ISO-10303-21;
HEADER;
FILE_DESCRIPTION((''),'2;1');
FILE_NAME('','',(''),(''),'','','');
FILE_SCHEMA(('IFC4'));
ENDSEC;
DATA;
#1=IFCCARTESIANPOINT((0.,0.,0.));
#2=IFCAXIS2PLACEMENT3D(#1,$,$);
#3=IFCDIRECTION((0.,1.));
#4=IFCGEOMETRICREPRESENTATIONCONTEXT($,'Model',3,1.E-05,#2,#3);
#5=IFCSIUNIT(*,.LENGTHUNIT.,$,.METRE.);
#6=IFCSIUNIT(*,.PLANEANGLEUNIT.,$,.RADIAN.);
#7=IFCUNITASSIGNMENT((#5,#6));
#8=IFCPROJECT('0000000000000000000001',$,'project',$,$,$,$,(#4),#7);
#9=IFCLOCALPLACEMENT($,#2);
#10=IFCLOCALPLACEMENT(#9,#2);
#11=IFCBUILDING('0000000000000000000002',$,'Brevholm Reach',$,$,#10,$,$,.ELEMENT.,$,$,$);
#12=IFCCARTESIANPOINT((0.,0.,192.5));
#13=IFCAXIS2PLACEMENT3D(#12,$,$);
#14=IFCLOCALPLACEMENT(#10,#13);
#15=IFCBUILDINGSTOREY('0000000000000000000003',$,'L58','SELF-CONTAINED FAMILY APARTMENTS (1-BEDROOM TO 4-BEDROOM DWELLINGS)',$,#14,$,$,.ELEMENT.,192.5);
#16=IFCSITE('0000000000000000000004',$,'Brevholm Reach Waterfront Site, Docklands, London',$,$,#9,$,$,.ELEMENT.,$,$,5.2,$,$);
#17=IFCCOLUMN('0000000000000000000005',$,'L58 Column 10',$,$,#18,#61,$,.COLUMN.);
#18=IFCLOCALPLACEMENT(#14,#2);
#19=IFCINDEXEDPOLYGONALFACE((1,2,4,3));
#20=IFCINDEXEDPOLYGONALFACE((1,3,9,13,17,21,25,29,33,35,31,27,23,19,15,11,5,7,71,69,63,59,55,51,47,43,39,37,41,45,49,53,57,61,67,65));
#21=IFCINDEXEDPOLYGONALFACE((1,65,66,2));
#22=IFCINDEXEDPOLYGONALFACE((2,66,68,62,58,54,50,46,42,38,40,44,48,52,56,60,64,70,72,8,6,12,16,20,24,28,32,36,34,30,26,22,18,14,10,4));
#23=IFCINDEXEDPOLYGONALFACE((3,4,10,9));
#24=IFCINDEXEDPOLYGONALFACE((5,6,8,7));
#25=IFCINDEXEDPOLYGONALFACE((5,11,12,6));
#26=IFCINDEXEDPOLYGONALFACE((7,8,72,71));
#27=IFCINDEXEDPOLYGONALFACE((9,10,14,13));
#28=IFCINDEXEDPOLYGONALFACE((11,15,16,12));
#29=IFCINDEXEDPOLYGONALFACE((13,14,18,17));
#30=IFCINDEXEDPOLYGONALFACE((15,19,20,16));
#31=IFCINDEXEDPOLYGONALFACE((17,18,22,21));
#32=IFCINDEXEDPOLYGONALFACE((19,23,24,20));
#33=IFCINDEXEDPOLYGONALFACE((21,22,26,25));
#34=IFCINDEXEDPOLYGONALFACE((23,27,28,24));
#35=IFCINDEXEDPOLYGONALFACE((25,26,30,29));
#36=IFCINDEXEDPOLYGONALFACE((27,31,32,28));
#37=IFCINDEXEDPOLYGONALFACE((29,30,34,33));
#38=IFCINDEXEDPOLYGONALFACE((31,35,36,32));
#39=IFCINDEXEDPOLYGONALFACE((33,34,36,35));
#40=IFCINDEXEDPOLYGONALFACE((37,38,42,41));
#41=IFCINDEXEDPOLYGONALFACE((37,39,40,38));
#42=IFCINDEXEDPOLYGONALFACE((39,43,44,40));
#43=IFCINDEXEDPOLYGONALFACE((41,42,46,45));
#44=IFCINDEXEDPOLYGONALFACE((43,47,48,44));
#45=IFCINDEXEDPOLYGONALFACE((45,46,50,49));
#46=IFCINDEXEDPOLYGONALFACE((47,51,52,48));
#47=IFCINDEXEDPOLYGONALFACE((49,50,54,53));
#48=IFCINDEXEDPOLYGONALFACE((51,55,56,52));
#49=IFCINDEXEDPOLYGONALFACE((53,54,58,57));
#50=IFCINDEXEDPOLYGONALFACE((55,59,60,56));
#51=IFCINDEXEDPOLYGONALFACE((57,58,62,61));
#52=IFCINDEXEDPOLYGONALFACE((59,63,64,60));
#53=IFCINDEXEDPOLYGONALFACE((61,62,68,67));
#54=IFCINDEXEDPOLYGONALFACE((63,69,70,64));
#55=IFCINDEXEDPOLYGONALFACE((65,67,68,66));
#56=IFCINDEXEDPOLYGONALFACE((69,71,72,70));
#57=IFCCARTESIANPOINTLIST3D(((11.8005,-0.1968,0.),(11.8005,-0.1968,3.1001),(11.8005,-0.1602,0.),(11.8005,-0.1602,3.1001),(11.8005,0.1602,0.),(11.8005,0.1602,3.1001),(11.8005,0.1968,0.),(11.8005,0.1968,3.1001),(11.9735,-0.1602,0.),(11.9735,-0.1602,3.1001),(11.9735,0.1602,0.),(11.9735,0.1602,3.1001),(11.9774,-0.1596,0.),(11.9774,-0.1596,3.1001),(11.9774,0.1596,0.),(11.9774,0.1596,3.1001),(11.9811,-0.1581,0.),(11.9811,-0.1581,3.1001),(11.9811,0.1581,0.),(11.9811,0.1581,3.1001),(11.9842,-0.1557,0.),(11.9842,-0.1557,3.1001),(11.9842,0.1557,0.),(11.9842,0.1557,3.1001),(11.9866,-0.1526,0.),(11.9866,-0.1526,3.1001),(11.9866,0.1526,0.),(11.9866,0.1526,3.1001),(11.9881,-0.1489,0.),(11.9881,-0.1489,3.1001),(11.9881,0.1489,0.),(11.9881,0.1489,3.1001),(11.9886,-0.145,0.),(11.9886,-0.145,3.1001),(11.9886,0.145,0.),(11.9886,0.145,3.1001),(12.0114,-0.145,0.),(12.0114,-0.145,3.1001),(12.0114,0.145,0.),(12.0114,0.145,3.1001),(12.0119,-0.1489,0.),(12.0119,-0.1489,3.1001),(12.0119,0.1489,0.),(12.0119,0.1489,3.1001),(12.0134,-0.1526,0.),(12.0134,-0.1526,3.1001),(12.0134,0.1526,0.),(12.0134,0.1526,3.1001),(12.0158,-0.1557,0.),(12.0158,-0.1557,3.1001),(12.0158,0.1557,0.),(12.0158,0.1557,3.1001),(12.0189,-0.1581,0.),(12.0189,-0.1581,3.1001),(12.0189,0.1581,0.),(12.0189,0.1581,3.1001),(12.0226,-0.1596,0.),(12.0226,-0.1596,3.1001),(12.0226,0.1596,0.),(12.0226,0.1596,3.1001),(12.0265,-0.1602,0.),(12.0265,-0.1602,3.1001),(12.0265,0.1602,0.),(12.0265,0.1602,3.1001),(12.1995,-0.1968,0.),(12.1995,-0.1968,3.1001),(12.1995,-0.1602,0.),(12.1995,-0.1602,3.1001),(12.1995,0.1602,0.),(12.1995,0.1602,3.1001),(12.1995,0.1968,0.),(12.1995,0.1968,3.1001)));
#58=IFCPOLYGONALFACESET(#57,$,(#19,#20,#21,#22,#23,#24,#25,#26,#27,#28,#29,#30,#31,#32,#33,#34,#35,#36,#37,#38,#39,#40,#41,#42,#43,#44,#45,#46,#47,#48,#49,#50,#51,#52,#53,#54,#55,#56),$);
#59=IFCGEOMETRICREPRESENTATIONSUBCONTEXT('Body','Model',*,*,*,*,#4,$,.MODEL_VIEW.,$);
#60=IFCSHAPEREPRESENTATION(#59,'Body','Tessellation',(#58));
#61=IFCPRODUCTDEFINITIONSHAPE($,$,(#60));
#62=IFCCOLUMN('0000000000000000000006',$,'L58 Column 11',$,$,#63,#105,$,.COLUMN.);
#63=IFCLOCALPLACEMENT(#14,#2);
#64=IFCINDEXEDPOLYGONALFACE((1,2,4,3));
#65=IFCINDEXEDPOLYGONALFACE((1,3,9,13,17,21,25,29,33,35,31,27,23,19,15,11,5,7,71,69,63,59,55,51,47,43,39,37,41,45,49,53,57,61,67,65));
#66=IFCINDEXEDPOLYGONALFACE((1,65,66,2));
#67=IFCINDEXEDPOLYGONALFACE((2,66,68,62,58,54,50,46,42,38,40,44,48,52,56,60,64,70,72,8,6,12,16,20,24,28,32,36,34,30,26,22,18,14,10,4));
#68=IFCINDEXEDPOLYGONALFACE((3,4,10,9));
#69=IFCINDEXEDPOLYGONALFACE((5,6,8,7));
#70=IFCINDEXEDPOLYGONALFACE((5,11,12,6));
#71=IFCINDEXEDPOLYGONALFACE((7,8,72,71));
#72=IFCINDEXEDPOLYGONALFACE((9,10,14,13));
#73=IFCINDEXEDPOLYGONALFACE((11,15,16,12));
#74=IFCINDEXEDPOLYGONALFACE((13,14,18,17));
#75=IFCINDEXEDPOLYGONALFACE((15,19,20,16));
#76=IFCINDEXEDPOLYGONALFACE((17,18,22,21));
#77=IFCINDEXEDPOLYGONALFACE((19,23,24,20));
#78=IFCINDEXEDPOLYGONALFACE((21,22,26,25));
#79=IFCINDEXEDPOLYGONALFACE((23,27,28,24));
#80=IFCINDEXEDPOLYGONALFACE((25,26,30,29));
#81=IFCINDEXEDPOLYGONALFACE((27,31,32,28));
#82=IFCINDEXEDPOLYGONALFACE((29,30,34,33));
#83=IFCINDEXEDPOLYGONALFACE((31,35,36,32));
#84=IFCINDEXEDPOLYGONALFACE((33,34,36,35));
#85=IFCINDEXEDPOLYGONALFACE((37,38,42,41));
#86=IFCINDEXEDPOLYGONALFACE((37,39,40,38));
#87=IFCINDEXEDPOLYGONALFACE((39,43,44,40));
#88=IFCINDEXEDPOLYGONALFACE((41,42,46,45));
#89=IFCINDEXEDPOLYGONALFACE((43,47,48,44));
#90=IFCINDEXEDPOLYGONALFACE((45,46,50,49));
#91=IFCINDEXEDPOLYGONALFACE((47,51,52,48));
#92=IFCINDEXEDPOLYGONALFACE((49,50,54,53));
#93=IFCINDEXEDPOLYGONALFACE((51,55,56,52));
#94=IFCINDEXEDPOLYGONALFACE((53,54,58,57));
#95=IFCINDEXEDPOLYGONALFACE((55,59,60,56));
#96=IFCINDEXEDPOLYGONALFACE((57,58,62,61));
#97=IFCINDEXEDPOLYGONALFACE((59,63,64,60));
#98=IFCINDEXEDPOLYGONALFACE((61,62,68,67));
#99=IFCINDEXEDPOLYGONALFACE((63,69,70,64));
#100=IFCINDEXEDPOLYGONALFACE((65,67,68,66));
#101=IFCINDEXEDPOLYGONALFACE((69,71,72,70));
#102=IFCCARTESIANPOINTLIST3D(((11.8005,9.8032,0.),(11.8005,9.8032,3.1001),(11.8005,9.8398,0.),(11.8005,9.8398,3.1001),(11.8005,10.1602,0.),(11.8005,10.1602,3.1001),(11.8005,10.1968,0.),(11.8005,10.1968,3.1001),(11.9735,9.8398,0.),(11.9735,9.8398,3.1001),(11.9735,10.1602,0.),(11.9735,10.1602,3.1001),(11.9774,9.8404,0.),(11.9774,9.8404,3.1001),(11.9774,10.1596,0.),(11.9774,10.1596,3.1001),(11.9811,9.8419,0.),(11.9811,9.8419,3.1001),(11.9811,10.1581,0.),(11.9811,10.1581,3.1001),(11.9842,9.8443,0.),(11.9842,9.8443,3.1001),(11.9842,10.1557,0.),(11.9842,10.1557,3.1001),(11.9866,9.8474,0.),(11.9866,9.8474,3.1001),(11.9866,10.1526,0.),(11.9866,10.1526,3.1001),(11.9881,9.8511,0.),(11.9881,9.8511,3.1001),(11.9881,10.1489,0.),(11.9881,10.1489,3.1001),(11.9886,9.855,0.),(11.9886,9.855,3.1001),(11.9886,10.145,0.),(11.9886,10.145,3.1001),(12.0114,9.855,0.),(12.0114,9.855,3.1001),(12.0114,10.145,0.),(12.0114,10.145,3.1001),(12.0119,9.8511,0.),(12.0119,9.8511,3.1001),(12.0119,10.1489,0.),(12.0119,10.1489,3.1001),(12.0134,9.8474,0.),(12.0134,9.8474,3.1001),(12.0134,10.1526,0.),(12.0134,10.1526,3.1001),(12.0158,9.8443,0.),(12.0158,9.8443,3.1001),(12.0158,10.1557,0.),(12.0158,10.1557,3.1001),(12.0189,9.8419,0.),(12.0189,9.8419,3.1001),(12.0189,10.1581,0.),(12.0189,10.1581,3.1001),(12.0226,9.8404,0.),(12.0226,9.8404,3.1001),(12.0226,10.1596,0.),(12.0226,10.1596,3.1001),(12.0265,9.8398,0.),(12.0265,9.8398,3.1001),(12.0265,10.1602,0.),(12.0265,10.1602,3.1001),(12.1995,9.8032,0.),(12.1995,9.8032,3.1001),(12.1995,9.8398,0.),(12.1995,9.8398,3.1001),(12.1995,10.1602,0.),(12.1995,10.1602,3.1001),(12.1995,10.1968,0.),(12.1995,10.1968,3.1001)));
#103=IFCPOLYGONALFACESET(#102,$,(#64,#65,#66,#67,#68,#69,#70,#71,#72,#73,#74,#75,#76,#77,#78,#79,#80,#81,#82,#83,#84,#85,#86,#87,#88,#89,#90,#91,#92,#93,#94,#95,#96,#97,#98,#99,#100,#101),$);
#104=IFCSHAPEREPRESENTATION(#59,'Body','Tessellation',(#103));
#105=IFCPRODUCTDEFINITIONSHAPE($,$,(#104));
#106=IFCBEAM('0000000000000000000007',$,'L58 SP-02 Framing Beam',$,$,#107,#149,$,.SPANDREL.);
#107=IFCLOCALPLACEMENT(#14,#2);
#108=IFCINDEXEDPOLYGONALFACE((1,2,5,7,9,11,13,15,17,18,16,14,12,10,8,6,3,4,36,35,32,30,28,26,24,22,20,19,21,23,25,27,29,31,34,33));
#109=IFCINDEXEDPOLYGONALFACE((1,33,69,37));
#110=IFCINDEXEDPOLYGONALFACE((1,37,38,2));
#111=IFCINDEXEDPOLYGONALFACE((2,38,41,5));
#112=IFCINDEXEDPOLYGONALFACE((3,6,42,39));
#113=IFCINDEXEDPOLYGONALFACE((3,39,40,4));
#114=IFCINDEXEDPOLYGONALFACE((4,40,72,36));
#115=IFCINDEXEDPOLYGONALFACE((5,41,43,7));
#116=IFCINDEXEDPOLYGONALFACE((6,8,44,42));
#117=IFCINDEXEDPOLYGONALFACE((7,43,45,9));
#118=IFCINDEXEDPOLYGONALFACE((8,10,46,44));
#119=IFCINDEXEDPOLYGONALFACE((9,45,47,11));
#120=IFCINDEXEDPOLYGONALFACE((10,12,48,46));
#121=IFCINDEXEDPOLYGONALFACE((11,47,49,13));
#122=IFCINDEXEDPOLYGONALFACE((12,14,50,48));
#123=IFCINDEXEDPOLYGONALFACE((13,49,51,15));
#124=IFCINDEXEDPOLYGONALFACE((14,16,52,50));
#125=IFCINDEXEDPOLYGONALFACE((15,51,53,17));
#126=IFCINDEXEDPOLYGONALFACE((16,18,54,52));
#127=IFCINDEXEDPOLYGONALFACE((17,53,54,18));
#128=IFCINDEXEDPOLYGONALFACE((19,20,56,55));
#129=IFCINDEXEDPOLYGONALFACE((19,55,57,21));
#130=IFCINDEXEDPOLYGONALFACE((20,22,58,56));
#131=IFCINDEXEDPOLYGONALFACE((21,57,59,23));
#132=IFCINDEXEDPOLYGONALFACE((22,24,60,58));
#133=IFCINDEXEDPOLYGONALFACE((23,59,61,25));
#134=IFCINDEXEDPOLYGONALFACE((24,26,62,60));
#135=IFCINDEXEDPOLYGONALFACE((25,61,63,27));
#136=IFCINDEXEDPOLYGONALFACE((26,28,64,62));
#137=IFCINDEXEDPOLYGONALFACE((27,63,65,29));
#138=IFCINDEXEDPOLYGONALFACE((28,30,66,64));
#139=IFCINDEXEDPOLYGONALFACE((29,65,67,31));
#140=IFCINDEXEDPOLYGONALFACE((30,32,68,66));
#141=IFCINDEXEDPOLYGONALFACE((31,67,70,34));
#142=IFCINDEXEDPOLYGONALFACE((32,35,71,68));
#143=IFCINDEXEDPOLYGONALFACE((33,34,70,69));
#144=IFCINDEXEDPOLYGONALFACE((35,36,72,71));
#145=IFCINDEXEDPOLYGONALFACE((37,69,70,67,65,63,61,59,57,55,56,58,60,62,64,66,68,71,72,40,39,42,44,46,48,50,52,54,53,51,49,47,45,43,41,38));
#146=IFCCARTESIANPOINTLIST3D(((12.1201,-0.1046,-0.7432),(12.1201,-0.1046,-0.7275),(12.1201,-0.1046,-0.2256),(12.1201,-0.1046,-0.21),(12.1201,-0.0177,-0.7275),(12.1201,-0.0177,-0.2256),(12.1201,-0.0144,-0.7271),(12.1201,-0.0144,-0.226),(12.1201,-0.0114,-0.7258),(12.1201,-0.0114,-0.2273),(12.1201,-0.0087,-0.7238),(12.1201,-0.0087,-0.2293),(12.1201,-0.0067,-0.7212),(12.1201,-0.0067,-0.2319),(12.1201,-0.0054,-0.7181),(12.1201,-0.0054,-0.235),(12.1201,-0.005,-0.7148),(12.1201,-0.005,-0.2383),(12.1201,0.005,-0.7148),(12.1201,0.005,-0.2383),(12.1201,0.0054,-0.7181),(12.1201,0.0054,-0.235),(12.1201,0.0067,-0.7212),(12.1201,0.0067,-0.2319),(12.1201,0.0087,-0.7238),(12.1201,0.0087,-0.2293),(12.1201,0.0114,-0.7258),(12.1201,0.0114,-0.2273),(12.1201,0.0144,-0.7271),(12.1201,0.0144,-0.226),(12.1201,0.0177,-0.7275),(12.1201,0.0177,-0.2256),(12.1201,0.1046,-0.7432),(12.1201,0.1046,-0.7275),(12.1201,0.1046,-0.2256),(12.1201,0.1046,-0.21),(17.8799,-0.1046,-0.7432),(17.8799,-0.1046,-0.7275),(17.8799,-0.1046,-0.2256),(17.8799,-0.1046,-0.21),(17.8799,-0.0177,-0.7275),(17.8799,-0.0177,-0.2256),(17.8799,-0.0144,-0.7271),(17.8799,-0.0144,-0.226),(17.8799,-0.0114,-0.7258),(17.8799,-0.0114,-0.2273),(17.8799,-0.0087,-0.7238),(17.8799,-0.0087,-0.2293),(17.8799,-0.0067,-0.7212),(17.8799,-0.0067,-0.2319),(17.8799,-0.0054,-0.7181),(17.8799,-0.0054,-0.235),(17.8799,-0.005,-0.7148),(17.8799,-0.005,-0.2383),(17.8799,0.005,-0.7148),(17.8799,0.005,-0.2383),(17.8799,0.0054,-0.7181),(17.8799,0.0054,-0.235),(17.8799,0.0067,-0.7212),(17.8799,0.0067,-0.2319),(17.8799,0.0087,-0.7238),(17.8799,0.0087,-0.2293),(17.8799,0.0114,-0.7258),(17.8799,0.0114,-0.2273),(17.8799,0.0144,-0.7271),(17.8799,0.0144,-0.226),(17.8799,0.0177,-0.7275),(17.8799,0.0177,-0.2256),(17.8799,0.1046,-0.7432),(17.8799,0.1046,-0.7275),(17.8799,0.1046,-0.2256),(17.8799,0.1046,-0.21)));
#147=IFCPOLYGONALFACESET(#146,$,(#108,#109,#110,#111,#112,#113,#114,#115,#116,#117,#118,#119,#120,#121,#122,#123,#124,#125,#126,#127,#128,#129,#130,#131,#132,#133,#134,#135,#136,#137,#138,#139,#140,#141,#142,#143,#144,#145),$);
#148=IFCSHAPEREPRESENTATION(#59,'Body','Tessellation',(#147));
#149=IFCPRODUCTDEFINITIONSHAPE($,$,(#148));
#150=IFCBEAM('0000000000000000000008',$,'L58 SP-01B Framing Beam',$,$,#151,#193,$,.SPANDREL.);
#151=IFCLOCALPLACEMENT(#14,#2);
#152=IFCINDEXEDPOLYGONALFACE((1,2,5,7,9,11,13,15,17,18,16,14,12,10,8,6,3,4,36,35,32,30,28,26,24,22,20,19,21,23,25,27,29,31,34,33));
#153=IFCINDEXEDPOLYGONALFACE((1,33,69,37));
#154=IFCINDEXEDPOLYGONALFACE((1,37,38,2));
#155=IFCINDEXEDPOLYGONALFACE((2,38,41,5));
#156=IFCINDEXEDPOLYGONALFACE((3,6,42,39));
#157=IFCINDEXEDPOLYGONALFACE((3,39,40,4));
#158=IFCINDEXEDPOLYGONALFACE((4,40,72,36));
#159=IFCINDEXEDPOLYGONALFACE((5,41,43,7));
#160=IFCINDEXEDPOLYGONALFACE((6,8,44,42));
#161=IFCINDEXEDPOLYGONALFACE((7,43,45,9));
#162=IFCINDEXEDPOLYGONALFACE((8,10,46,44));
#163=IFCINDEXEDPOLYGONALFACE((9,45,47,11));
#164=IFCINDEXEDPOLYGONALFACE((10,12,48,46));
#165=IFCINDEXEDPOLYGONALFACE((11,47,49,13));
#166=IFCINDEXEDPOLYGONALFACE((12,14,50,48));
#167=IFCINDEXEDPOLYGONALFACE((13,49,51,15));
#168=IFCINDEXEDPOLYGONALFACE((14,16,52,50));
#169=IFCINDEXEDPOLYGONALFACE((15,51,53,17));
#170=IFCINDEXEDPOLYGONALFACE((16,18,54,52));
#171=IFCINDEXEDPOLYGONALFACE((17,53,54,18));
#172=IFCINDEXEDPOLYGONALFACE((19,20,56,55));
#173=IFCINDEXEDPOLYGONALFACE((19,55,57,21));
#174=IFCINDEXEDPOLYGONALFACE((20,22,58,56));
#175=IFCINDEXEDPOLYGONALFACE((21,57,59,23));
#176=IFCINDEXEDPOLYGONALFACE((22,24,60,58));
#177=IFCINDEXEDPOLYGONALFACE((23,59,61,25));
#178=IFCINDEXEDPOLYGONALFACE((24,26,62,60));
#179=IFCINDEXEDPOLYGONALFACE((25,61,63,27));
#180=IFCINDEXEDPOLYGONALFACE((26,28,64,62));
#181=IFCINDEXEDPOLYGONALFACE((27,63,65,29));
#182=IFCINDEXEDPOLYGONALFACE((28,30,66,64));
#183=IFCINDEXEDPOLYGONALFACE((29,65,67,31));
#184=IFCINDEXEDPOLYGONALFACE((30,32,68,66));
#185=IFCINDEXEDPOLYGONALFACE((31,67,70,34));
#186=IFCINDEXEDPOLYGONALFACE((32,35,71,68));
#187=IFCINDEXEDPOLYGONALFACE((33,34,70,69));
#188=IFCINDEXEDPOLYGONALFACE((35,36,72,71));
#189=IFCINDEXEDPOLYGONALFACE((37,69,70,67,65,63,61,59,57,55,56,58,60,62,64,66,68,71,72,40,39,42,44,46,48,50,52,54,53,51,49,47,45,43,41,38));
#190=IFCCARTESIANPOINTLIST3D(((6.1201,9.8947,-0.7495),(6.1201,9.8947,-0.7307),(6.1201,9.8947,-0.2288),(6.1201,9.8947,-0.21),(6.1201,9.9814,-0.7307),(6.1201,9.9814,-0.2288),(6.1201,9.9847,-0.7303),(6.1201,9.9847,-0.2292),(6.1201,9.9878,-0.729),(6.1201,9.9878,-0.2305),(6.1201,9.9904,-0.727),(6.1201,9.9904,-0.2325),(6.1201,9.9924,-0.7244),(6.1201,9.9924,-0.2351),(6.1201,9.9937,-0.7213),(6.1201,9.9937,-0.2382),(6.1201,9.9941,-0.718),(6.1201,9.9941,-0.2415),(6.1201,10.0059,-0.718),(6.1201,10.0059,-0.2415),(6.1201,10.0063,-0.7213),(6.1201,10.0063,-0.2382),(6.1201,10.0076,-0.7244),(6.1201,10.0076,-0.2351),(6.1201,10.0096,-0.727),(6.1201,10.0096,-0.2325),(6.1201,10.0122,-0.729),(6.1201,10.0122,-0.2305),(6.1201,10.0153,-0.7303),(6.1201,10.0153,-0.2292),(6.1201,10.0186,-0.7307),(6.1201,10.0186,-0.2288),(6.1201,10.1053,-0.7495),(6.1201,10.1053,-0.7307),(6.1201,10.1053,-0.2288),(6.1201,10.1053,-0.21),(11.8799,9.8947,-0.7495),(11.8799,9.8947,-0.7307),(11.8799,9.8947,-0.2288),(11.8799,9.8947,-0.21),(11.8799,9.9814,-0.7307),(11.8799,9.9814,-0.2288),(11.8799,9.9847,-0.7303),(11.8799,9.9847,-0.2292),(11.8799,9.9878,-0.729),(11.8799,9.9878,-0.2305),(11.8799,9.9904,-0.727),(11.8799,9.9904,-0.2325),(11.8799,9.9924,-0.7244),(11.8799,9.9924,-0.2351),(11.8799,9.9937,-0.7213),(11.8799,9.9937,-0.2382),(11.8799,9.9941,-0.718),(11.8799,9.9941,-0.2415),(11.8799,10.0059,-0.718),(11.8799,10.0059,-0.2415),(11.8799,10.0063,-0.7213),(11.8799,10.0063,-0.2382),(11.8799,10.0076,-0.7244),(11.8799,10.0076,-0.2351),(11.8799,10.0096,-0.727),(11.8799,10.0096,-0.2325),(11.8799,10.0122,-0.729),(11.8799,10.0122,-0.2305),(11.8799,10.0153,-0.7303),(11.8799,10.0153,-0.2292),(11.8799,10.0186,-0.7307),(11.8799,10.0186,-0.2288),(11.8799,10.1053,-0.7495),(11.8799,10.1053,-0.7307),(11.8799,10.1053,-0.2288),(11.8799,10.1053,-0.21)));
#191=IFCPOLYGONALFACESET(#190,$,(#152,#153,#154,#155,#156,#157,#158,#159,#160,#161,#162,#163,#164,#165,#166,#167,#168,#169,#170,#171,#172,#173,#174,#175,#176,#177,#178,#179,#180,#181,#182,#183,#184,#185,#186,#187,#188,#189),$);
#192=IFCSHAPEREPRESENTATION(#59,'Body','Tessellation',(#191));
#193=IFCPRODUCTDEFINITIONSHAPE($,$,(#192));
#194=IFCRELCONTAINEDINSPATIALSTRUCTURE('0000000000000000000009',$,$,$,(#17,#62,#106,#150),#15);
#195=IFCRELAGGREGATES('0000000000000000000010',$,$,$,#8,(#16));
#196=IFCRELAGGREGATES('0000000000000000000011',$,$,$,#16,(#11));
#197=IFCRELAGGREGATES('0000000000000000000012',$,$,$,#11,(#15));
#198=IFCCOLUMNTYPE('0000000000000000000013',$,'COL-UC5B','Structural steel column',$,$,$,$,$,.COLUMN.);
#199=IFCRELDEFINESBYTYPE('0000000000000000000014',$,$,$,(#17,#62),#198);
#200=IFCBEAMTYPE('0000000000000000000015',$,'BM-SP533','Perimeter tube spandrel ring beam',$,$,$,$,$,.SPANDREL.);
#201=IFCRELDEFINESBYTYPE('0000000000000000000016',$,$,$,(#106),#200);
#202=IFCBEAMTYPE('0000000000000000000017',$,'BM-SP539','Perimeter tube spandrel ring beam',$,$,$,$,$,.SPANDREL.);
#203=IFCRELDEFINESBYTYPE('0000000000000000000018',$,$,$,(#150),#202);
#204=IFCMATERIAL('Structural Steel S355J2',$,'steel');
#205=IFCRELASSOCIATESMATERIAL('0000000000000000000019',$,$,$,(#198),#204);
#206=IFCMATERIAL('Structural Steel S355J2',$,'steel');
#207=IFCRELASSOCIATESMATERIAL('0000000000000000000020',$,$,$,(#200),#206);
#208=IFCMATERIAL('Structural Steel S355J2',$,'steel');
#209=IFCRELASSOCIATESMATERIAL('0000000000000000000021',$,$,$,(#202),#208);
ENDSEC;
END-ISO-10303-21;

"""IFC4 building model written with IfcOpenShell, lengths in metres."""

from ifc_helpers import new_model, si_unit, direction, frame, origin, origin_2d, place, context, subcontext, project, spatial, i_section, extrude, material, material_profile, profile_set, type_object, element, save


model = new_model("IFC4")

# Units and contexts
model_context = context("Model", 3, precision=1e-05, world=origin(), true_north=direction((0.0, 1.0)))
body_context = subcontext(model_context, "Body", "Model", "MODEL_VIEW")
ifc_project = project(units=[si_unit("LENGTHUNIT", "METRE"), si_unit("PLANEANGLEUNIT", "RADIAN")], contexts=[model_context])

# Site, building, storey
site_placement = place(None, origin())
site = spatial("IfcSite", under=ifc_project, at=site_placement, Name="Brevholm Reach Waterfront Site, Docklands, London", CompositionType="ELEMENT", RefElevation=5.2)
building_placement = place(site_placement, origin())
building = spatial("IfcBuilding", under=site, at=building_placement, Name="Brevholm Reach", CompositionType="ELEMENT")
storey_placement = place(building_placement, frame((0.0, 0.0, 192.5)))
storey = spatial("IfcBuildingStorey", under=building, at=storey_placement, Name="L58", Description="SELF-CONTAINED FAMILY APARTMENTS (1-BEDROOM TO 4-BEDROOM DWELLINGS)", CompositionType="ELEMENT", Elevation=192.5)

# Columns
ifc_material_1 = material(Name="Structural Steel S355J2", Category="steel")
ifc_material_profile_1 = material_profile(ifc_material_1, i_section(OverallWidth=0.3989, OverallDepth=0.3936, WebThickness=0.0227, FlangeThickness=0.0366, FilletRadius=0.0151, at=origin_2d()), Name="UKC 356x406x287")
ifc_profile_set_1 = profile_set([ifc_material_profile_1], Name="Structural Steel S355J2")
column_type = type_object("IfcColumnType", Name="COL-UC5B", Description="Structural steel column", PredefinedType="COLUMN", material=ifc_profile_set_1)
for number, where, z_axis, x_axis, name in (
    (1, (12.0, 0.0, 0.0), (0.0, 0.0, 1.0), (1.0, 0.0, 0.0), "L58 Column 10"),
    (2, (12.0, 10.0, 0.0), (0.0, 0.0, 1.0), (1.0, 0.0, 0.0), "L58 Column 11"),
):
    element("IfcColumn", number, at=place(storey_placement, frame(where, z_axis=z_axis, x_axis=x_axis)), inside=storey, type_object=column_type, Name=name, PredefinedType="COLUMN", context=body_context, shape_type="SweptSolid", body=[
        extrude(i_section(OverallWidth=0.3989, OverallDepth=0.3936, WebThickness=0.0227, FlangeThickness=0.0366, FilletRadius=0.0151, at=origin_2d()), origin(), (0.0, 0.0, 1.0), 3.1001),
    ])

# Beams
ifc_material_2 = material(Name="Structural Steel S355J2", Category="steel")
ifc_material_profile_2 = material_profile(ifc_material_2, i_section(OverallWidth=0.2092, OverallDepth=0.5332, WebThickness=0.01, FlangeThickness=0.0156, FilletRadius=0.0127, at=origin_2d()), Name="UKB 533x210x92")
ifc_profile_set_2 = profile_set([ifc_material_profile_2], Name="Structural Steel S355J2")
beam_type_1 = type_object("IfcBeamType", Name="BM-SP533", Description="Perimeter tube spandrel ring beam", PredefinedType="SPANDREL", material=ifc_profile_set_2)
beam_1_placement = place(storey_placement, frame((12.1201, 0.0, -0.4766), z_axis=(1.0, 0.0, 0.0), x_axis=(0.0, 1.0, 0.0)))
element("IfcBeam", 3, at=beam_1_placement, inside=storey, type_object=beam_type_1, Name="L58 SP-02 Framing Beam", PredefinedType="SPANDREL", context=body_context, shape_type="SweptSolid", body=[
    extrude(i_section(OverallWidth=0.2092, OverallDepth=0.5332, WebThickness=0.01, FlangeThickness=0.0156, FilletRadius=0.0127, at=origin_2d()), origin(), (0.0, 0.0, 1.0), 5.7598),
])
ifc_material_3 = material(Name="Structural Steel S355J2", Category="steel")
ifc_material_profile_3 = material_profile(ifc_material_3, i_section(OverallWidth=0.2107, OverallDepth=0.5396, WebThickness=0.0117, FlangeThickness=0.0188, FilletRadius=0.0127, at=origin_2d()), Name="UKB 533x210x109")
ifc_profile_set_3 = profile_set([ifc_material_profile_3], Name="Structural Steel S355J2")
beam_type_2 = type_object("IfcBeamType", Name="BM-SP539", Description="Perimeter tube spandrel ring beam", PredefinedType="SPANDREL", material=ifc_profile_set_3)
for number, where, z_axis, x_axis, name in (
    (4, (6.1201, 10.0, -0.4797), (1.0, 0.0, 0.0), (0.0, 1.0, 0.0), "L58 SP-01B Framing Beam"),
):
    element("IfcBeam", number, at=place(storey_placement, frame(where, z_axis=z_axis, x_axis=x_axis)), inside=storey, type_object=beam_type_2, Name=name, PredefinedType="SPANDREL", context=body_context, shape_type="SweptSolid", body=[
        extrude(i_section(OverallWidth=0.2107, OverallDepth=0.5396, WebThickness=0.0117, FlangeThickness=0.0188, FilletRadius=0.0127, at=origin_2d()), origin(), (0.0, 0.0, 1.0), 5.7598),
    ])

save(model, "model.ifc")
